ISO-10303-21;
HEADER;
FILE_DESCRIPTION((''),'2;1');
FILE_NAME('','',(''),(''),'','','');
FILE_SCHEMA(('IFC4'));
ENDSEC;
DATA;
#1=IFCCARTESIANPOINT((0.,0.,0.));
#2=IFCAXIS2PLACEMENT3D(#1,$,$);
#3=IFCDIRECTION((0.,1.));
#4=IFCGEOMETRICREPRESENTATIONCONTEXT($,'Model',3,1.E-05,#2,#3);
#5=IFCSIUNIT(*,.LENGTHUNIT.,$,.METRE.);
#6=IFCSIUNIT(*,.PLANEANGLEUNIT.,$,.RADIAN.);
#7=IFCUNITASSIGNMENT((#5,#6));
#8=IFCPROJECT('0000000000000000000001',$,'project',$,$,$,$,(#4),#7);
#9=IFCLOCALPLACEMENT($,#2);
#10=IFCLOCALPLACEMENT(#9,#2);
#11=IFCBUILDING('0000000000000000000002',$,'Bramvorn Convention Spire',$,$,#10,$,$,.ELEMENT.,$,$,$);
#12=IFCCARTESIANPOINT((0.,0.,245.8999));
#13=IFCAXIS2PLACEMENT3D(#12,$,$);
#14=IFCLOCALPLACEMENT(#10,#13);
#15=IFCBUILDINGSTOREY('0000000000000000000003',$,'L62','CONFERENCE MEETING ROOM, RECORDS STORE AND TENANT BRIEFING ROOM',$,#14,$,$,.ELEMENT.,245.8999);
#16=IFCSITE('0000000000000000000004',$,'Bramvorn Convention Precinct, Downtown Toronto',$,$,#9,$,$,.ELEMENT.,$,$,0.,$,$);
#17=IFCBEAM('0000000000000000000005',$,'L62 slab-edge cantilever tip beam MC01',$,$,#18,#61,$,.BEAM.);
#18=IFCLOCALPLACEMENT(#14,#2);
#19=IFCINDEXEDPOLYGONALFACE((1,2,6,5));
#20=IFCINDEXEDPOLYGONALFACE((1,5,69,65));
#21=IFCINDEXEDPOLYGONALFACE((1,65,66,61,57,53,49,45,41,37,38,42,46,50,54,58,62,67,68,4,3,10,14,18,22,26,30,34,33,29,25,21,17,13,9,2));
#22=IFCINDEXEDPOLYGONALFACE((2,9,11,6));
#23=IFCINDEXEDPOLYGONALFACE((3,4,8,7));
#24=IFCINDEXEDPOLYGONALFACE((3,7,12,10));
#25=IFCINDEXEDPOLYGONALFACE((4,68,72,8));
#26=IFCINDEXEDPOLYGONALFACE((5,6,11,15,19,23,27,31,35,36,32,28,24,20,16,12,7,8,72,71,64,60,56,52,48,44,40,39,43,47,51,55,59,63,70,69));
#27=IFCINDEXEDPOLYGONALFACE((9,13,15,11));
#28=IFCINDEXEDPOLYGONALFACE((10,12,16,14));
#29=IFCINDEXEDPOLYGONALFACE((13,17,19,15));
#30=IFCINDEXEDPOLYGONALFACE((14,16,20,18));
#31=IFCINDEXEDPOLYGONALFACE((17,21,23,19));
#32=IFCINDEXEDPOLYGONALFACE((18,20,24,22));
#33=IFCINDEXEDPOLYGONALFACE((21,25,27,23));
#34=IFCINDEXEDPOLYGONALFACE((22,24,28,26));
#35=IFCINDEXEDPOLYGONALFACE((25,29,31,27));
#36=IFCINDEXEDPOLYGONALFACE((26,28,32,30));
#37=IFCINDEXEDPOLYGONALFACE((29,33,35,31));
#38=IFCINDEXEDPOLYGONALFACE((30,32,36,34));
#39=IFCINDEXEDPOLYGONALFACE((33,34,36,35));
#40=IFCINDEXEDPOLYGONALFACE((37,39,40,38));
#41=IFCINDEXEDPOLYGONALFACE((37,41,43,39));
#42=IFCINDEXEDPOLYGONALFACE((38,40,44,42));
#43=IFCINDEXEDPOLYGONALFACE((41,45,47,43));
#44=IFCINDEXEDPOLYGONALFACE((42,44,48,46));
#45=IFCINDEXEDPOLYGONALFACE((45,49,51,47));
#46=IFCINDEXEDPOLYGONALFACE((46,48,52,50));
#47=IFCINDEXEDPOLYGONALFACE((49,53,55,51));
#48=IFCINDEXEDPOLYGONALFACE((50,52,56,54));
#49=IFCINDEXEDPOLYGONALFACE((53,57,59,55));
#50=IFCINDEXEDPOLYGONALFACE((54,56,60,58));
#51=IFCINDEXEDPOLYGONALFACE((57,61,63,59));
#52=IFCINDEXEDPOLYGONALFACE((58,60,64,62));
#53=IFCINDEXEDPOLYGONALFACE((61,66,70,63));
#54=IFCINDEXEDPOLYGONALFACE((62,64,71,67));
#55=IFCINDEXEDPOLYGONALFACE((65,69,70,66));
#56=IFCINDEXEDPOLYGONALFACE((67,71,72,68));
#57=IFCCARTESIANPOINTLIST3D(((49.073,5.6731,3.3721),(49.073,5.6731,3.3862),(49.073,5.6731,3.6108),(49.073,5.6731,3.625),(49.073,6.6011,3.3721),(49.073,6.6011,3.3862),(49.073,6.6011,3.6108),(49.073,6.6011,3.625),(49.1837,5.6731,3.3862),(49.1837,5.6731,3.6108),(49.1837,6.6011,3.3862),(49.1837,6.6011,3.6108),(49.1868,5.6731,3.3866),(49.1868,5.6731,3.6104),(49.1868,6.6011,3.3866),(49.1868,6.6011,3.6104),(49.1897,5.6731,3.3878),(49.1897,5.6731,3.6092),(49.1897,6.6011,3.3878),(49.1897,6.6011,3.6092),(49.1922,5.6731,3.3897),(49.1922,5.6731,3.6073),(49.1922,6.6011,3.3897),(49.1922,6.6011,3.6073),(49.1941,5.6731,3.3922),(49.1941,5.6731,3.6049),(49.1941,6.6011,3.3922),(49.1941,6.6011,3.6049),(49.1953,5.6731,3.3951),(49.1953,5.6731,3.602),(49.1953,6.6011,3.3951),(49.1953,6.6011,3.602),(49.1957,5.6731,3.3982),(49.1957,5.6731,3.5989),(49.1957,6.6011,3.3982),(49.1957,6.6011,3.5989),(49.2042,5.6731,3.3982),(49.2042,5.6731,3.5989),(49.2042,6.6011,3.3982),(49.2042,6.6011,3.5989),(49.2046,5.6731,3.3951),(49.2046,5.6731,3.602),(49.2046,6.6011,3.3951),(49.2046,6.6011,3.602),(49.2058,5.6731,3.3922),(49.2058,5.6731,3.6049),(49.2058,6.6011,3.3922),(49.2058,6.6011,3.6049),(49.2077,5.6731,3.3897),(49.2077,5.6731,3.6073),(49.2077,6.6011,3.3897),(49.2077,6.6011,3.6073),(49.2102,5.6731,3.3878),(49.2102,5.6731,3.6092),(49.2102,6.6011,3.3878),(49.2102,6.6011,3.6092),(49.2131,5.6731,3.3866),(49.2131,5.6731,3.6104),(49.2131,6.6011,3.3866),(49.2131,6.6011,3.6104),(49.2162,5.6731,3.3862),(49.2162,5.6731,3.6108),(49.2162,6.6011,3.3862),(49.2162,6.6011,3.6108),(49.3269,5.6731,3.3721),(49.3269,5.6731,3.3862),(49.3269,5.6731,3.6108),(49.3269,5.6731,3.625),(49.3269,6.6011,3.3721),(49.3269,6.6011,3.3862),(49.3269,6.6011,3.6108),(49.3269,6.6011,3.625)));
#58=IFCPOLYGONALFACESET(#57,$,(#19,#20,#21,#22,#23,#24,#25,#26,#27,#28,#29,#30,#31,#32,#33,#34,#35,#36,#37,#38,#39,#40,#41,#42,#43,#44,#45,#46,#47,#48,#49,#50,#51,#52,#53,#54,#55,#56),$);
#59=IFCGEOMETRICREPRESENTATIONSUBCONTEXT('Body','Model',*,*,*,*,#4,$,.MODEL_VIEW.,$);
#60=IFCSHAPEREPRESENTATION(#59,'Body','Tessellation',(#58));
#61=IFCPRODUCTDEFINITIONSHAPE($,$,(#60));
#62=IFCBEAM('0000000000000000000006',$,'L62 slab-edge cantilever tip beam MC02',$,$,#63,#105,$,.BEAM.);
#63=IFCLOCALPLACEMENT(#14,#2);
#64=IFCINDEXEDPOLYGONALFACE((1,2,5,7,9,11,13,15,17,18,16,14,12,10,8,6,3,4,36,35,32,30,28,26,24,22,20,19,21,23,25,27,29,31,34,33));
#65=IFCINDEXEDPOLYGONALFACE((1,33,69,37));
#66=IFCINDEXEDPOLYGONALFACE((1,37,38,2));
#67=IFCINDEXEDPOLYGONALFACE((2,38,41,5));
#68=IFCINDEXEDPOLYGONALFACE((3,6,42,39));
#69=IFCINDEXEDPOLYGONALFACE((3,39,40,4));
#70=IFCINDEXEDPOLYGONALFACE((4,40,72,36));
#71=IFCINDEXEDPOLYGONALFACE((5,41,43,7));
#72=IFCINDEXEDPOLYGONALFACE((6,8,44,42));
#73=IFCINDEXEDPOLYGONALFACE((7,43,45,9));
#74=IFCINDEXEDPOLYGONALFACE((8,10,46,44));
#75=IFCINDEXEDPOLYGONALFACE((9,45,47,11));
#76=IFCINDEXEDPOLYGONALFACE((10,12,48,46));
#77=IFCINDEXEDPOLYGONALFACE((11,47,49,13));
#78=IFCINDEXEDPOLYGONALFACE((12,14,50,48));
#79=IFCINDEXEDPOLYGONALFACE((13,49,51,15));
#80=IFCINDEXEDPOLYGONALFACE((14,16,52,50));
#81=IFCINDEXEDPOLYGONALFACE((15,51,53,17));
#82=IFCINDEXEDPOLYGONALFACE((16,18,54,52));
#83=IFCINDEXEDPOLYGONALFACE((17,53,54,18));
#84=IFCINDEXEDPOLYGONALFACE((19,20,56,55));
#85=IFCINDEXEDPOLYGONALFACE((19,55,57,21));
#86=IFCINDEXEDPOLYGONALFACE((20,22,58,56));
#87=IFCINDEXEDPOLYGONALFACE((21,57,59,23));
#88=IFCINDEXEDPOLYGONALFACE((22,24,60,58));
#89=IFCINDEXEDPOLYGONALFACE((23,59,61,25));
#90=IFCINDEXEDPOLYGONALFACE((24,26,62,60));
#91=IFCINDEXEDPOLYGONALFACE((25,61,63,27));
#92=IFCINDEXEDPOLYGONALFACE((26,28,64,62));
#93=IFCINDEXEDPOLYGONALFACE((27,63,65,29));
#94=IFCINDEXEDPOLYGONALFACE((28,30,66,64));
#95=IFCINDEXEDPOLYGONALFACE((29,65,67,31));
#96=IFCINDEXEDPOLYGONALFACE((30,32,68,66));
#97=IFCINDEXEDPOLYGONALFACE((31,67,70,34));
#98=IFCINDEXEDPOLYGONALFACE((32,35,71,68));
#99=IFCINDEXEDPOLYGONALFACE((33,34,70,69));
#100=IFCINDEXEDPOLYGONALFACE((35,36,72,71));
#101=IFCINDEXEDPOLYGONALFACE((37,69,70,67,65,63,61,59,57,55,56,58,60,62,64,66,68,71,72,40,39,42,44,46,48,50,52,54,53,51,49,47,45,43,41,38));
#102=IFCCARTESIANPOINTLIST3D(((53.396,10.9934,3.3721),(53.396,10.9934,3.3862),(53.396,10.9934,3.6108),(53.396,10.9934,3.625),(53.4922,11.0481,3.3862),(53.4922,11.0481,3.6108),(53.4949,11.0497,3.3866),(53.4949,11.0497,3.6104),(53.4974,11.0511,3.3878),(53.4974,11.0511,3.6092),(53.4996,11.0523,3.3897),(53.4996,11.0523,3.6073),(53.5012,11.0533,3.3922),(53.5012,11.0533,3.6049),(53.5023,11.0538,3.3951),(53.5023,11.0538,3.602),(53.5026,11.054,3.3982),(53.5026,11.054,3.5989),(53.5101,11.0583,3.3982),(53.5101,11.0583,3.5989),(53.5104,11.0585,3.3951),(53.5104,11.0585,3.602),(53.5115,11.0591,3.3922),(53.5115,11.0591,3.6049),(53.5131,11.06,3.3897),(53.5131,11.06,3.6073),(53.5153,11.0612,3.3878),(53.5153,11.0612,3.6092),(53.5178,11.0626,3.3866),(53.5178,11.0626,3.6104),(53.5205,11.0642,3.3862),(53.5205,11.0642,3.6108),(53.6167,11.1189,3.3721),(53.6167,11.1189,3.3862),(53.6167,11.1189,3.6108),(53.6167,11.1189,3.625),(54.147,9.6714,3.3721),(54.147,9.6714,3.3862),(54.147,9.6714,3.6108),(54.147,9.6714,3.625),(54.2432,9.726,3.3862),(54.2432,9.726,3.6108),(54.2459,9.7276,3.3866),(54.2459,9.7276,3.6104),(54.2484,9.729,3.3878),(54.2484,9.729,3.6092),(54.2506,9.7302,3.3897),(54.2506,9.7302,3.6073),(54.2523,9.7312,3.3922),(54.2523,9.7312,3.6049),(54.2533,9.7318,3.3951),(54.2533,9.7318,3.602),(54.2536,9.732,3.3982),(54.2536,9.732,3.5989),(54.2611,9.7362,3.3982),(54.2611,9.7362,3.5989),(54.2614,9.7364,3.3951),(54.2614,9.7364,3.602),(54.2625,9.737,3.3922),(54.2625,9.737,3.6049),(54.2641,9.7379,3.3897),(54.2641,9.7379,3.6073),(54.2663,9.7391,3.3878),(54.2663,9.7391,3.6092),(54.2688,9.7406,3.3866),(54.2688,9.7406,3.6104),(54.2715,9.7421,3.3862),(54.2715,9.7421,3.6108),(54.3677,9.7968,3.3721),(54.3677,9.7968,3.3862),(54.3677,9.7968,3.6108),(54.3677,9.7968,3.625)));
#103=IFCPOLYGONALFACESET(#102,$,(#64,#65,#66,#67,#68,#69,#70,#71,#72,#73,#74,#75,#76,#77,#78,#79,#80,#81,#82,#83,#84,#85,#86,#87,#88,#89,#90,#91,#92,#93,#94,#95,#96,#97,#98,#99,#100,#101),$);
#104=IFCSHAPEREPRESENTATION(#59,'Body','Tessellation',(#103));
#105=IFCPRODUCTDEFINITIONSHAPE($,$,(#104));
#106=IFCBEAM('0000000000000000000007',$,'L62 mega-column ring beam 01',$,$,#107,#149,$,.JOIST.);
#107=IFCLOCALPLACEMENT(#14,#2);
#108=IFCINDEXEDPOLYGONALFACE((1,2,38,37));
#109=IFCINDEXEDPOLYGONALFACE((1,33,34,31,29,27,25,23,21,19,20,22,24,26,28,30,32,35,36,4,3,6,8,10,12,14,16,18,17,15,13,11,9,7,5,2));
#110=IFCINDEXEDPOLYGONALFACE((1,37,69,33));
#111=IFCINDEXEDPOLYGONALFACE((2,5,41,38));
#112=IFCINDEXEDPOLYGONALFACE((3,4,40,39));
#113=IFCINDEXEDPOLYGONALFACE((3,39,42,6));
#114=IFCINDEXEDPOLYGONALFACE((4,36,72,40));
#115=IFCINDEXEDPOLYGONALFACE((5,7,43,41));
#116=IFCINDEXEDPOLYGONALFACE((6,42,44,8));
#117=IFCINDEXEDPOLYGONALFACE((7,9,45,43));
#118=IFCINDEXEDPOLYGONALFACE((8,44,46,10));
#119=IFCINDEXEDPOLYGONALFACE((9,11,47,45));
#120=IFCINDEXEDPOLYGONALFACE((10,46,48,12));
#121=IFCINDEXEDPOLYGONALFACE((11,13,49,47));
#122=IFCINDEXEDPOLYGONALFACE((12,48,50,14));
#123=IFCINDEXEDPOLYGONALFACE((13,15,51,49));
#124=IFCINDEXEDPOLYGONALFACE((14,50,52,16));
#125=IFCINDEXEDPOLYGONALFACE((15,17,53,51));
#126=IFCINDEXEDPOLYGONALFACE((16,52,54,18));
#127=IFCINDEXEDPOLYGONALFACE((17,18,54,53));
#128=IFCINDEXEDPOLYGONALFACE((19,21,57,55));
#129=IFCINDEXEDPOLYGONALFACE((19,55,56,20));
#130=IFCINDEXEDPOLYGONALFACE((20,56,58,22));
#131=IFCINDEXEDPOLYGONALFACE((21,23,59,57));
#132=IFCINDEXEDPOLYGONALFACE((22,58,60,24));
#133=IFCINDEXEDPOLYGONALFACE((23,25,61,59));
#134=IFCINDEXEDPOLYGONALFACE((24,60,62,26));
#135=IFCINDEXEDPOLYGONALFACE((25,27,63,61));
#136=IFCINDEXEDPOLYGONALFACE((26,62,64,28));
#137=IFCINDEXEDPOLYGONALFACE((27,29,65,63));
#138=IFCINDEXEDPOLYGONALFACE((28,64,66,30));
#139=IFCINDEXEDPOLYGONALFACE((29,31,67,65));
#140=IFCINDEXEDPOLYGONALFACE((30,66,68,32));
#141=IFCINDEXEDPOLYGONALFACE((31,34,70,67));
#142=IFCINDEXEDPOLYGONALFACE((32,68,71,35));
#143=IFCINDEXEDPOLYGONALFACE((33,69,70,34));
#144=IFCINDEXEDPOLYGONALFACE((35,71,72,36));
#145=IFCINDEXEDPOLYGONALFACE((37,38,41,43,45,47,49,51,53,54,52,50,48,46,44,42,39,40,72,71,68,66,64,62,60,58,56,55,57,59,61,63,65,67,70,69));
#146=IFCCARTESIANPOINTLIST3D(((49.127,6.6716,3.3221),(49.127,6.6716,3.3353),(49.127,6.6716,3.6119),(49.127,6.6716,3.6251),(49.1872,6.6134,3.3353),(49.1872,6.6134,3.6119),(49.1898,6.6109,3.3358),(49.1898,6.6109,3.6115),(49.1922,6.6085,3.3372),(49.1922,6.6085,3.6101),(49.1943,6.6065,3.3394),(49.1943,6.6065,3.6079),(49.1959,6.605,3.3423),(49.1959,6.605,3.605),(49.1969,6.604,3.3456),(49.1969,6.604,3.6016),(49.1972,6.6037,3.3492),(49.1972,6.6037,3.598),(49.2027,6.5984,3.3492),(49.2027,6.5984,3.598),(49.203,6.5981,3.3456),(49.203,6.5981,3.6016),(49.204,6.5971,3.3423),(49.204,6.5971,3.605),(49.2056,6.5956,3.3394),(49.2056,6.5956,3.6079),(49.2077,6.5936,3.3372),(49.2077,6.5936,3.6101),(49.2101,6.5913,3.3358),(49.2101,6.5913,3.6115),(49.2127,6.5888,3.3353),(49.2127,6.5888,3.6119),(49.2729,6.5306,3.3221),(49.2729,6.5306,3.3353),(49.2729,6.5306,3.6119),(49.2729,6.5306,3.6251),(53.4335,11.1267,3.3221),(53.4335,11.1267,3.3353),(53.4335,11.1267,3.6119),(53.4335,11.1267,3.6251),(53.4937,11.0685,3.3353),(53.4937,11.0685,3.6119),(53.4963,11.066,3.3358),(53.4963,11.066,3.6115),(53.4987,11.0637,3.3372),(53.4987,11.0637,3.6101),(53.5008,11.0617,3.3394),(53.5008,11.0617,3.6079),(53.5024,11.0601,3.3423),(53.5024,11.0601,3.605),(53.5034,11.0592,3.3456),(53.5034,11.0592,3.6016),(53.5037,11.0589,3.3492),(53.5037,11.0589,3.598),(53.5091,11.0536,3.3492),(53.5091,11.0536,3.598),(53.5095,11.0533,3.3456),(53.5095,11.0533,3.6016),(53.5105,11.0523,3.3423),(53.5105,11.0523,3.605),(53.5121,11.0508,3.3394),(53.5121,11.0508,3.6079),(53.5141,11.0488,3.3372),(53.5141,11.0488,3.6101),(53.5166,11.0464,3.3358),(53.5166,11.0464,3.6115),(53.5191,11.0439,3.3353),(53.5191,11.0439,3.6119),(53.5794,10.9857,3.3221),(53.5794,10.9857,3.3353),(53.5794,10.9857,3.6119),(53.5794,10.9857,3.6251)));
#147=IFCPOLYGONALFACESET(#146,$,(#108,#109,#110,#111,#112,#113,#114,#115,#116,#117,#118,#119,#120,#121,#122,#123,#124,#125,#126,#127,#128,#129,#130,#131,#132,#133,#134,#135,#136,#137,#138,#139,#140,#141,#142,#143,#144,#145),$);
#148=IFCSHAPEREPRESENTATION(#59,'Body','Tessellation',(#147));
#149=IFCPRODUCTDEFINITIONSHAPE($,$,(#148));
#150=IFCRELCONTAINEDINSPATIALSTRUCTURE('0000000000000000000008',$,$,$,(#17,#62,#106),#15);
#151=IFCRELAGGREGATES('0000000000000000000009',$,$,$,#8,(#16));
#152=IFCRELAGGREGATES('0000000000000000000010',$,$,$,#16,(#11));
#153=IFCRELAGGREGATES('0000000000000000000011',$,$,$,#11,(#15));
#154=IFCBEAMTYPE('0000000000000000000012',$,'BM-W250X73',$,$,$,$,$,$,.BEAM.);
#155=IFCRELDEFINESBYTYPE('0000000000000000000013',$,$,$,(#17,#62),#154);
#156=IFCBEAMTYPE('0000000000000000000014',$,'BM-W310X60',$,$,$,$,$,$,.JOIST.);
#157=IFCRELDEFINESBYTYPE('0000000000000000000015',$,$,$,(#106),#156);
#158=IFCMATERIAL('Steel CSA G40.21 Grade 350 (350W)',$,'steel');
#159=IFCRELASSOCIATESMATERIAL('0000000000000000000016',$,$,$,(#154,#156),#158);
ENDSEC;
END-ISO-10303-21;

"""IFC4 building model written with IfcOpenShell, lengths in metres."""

from ifc_helpers import new_model, si_unit, direction, frame, origin, origin_2d, place, context, subcontext, project, spatial, i_section, extrude, material, material_profile, profile_set, type_object, element, save


model = new_model("IFC4")

# Units and contexts
model_context = context("Model", 3, precision=1e-05, world=origin(), true_north=direction((0.0, 1.0)))
body_context = subcontext(model_context, "Body", "Model", "MODEL_VIEW")
ifc_project = project(units=[si_unit("LENGTHUNIT", "METRE"), si_unit("PLANEANGLEUNIT", "RADIAN")], contexts=[model_context])

# Site, building, storey
site_placement = place(None, origin())
site = spatial("IfcSite", under=ifc_project, at=site_placement, Name="Bramvorn Convention Precinct, Downtown Toronto", CompositionType="ELEMENT", RefElevation=0.0)
building_placement = place(site_placement, origin())
building = spatial("IfcBuilding", under=site, at=building_placement, Name="Bramvorn Convention Spire", CompositionType="ELEMENT")
storey_placement = place(building_placement, frame((0.0, 0.0, 245.8999)))
storey = spatial("IfcBuildingStorey", under=building, at=storey_placement, Name="L62", Description="CONFERENCE MEETING ROOM, RECORDS STORE AND TENANT BRIEFING ROOM", CompositionType="ELEMENT", Elevation=245.8999)

# Shared definitions
ifc_material_1 = material(Name="Steel CSA G40.21 Grade 350 (350W)", Category="steel")

# Beams
ifc_material_profile_1 = material_profile(ifc_material_1, i_section(OverallWidth=0.2539, OverallDepth=0.2529, WebThickness=0.0085, FlangeThickness=0.0142, FilletRadius=0.012, at=origin_2d()))
ifc_profile_set_1 = profile_set([ifc_material_profile_1], Name="Steel CSA G40.21 Grade 350 (350W) - W250X73")
beam_type_1 = type_object("IfcBeamType", Name="BM-W250X73", PredefinedType="BEAM", material=ifc_profile_set_1)
beam_1_placement = place(storey_placement, frame((49.2, 6.6011, 3.4985), z_axis=(0.0, -1.0, 0.0), x_axis=(1.0, 0.0, 0.0)))
element("IfcBeam", 1, at=beam_1_placement, inside=storey, type_object=beam_type_1, Name="L62 slab-edge cantilever tip beam MC01", PredefinedType="BEAM", context=body_context, shape_type="SweptSolid", body=[
    extrude(i_section(OverallWidth=0.2539, OverallDepth=0.2529, WebThickness=0.0085, FlangeThickness=0.0142, FilletRadius=0.012, at=origin_2d()), origin(), (0.0, 0.0, 1.0), 0.928),
])
beam_2_placement = place(storey_placement, frame((53.5063, 11.0562, 3.4985), z_axis=(0.493924, -0.869505, 0.0), x_axis=(0.869505, 0.493924, 0.0)))
element("IfcBeam", 2, at=beam_2_placement, inside=storey, type_object=beam_type_1, Name="L62 slab-edge cantilever tip beam MC02", PredefinedType="BEAM", context=body_context, shape_type="SweptSolid", body=[
    extrude(i_section(OverallWidth=0.2539, OverallDepth=0.2529, WebThickness=0.0085, FlangeThickness=0.0142, FilletRadius=0.012, at=origin_2d()), origin(), (0.0, 0.0, 1.0), 1.5205),
])
ifc_material_profile_2 = material_profile(ifc_material_1, i_section(OverallWidth=0.2029, OverallDepth=0.303, WebThickness=0.0076, FlangeThickness=0.0132, FilletRadius=0.0139, at=origin_2d()))
ifc_profile_set_2 = profile_set([ifc_material_profile_2], Name="Steel CSA G40.21 Grade 350 (350W) - W310X60")
beam_type_2 = type_object("IfcBeamType", Name="BM-W310X60", PredefinedType="JOIST", material=ifc_profile_set_2)
beam_3_placement = place(storey_placement, frame((49.2, 6.6011, 3.4736), z_axis=(0.695007, 0.719003, 0.0), x_axis=(-0.719003, 0.695007, 0.0)))
element("IfcBeam", 3, at=beam_3_placement, inside=storey, type_object=beam_type_2, Name="L62 mega-column ring beam 01", PredefinedType="JOIST", context=body_context, shape_type="SweptSolid", body=[
    extrude(i_section(OverallWidth=0.2029, OverallDepth=0.303, WebThickness=0.0076, FlangeThickness=0.0132, FilletRadius=0.0139, at=origin_2d()), origin(), (0.0, 0.0, 1.0), 6.1963),
])

save(model, "model.ifc")
